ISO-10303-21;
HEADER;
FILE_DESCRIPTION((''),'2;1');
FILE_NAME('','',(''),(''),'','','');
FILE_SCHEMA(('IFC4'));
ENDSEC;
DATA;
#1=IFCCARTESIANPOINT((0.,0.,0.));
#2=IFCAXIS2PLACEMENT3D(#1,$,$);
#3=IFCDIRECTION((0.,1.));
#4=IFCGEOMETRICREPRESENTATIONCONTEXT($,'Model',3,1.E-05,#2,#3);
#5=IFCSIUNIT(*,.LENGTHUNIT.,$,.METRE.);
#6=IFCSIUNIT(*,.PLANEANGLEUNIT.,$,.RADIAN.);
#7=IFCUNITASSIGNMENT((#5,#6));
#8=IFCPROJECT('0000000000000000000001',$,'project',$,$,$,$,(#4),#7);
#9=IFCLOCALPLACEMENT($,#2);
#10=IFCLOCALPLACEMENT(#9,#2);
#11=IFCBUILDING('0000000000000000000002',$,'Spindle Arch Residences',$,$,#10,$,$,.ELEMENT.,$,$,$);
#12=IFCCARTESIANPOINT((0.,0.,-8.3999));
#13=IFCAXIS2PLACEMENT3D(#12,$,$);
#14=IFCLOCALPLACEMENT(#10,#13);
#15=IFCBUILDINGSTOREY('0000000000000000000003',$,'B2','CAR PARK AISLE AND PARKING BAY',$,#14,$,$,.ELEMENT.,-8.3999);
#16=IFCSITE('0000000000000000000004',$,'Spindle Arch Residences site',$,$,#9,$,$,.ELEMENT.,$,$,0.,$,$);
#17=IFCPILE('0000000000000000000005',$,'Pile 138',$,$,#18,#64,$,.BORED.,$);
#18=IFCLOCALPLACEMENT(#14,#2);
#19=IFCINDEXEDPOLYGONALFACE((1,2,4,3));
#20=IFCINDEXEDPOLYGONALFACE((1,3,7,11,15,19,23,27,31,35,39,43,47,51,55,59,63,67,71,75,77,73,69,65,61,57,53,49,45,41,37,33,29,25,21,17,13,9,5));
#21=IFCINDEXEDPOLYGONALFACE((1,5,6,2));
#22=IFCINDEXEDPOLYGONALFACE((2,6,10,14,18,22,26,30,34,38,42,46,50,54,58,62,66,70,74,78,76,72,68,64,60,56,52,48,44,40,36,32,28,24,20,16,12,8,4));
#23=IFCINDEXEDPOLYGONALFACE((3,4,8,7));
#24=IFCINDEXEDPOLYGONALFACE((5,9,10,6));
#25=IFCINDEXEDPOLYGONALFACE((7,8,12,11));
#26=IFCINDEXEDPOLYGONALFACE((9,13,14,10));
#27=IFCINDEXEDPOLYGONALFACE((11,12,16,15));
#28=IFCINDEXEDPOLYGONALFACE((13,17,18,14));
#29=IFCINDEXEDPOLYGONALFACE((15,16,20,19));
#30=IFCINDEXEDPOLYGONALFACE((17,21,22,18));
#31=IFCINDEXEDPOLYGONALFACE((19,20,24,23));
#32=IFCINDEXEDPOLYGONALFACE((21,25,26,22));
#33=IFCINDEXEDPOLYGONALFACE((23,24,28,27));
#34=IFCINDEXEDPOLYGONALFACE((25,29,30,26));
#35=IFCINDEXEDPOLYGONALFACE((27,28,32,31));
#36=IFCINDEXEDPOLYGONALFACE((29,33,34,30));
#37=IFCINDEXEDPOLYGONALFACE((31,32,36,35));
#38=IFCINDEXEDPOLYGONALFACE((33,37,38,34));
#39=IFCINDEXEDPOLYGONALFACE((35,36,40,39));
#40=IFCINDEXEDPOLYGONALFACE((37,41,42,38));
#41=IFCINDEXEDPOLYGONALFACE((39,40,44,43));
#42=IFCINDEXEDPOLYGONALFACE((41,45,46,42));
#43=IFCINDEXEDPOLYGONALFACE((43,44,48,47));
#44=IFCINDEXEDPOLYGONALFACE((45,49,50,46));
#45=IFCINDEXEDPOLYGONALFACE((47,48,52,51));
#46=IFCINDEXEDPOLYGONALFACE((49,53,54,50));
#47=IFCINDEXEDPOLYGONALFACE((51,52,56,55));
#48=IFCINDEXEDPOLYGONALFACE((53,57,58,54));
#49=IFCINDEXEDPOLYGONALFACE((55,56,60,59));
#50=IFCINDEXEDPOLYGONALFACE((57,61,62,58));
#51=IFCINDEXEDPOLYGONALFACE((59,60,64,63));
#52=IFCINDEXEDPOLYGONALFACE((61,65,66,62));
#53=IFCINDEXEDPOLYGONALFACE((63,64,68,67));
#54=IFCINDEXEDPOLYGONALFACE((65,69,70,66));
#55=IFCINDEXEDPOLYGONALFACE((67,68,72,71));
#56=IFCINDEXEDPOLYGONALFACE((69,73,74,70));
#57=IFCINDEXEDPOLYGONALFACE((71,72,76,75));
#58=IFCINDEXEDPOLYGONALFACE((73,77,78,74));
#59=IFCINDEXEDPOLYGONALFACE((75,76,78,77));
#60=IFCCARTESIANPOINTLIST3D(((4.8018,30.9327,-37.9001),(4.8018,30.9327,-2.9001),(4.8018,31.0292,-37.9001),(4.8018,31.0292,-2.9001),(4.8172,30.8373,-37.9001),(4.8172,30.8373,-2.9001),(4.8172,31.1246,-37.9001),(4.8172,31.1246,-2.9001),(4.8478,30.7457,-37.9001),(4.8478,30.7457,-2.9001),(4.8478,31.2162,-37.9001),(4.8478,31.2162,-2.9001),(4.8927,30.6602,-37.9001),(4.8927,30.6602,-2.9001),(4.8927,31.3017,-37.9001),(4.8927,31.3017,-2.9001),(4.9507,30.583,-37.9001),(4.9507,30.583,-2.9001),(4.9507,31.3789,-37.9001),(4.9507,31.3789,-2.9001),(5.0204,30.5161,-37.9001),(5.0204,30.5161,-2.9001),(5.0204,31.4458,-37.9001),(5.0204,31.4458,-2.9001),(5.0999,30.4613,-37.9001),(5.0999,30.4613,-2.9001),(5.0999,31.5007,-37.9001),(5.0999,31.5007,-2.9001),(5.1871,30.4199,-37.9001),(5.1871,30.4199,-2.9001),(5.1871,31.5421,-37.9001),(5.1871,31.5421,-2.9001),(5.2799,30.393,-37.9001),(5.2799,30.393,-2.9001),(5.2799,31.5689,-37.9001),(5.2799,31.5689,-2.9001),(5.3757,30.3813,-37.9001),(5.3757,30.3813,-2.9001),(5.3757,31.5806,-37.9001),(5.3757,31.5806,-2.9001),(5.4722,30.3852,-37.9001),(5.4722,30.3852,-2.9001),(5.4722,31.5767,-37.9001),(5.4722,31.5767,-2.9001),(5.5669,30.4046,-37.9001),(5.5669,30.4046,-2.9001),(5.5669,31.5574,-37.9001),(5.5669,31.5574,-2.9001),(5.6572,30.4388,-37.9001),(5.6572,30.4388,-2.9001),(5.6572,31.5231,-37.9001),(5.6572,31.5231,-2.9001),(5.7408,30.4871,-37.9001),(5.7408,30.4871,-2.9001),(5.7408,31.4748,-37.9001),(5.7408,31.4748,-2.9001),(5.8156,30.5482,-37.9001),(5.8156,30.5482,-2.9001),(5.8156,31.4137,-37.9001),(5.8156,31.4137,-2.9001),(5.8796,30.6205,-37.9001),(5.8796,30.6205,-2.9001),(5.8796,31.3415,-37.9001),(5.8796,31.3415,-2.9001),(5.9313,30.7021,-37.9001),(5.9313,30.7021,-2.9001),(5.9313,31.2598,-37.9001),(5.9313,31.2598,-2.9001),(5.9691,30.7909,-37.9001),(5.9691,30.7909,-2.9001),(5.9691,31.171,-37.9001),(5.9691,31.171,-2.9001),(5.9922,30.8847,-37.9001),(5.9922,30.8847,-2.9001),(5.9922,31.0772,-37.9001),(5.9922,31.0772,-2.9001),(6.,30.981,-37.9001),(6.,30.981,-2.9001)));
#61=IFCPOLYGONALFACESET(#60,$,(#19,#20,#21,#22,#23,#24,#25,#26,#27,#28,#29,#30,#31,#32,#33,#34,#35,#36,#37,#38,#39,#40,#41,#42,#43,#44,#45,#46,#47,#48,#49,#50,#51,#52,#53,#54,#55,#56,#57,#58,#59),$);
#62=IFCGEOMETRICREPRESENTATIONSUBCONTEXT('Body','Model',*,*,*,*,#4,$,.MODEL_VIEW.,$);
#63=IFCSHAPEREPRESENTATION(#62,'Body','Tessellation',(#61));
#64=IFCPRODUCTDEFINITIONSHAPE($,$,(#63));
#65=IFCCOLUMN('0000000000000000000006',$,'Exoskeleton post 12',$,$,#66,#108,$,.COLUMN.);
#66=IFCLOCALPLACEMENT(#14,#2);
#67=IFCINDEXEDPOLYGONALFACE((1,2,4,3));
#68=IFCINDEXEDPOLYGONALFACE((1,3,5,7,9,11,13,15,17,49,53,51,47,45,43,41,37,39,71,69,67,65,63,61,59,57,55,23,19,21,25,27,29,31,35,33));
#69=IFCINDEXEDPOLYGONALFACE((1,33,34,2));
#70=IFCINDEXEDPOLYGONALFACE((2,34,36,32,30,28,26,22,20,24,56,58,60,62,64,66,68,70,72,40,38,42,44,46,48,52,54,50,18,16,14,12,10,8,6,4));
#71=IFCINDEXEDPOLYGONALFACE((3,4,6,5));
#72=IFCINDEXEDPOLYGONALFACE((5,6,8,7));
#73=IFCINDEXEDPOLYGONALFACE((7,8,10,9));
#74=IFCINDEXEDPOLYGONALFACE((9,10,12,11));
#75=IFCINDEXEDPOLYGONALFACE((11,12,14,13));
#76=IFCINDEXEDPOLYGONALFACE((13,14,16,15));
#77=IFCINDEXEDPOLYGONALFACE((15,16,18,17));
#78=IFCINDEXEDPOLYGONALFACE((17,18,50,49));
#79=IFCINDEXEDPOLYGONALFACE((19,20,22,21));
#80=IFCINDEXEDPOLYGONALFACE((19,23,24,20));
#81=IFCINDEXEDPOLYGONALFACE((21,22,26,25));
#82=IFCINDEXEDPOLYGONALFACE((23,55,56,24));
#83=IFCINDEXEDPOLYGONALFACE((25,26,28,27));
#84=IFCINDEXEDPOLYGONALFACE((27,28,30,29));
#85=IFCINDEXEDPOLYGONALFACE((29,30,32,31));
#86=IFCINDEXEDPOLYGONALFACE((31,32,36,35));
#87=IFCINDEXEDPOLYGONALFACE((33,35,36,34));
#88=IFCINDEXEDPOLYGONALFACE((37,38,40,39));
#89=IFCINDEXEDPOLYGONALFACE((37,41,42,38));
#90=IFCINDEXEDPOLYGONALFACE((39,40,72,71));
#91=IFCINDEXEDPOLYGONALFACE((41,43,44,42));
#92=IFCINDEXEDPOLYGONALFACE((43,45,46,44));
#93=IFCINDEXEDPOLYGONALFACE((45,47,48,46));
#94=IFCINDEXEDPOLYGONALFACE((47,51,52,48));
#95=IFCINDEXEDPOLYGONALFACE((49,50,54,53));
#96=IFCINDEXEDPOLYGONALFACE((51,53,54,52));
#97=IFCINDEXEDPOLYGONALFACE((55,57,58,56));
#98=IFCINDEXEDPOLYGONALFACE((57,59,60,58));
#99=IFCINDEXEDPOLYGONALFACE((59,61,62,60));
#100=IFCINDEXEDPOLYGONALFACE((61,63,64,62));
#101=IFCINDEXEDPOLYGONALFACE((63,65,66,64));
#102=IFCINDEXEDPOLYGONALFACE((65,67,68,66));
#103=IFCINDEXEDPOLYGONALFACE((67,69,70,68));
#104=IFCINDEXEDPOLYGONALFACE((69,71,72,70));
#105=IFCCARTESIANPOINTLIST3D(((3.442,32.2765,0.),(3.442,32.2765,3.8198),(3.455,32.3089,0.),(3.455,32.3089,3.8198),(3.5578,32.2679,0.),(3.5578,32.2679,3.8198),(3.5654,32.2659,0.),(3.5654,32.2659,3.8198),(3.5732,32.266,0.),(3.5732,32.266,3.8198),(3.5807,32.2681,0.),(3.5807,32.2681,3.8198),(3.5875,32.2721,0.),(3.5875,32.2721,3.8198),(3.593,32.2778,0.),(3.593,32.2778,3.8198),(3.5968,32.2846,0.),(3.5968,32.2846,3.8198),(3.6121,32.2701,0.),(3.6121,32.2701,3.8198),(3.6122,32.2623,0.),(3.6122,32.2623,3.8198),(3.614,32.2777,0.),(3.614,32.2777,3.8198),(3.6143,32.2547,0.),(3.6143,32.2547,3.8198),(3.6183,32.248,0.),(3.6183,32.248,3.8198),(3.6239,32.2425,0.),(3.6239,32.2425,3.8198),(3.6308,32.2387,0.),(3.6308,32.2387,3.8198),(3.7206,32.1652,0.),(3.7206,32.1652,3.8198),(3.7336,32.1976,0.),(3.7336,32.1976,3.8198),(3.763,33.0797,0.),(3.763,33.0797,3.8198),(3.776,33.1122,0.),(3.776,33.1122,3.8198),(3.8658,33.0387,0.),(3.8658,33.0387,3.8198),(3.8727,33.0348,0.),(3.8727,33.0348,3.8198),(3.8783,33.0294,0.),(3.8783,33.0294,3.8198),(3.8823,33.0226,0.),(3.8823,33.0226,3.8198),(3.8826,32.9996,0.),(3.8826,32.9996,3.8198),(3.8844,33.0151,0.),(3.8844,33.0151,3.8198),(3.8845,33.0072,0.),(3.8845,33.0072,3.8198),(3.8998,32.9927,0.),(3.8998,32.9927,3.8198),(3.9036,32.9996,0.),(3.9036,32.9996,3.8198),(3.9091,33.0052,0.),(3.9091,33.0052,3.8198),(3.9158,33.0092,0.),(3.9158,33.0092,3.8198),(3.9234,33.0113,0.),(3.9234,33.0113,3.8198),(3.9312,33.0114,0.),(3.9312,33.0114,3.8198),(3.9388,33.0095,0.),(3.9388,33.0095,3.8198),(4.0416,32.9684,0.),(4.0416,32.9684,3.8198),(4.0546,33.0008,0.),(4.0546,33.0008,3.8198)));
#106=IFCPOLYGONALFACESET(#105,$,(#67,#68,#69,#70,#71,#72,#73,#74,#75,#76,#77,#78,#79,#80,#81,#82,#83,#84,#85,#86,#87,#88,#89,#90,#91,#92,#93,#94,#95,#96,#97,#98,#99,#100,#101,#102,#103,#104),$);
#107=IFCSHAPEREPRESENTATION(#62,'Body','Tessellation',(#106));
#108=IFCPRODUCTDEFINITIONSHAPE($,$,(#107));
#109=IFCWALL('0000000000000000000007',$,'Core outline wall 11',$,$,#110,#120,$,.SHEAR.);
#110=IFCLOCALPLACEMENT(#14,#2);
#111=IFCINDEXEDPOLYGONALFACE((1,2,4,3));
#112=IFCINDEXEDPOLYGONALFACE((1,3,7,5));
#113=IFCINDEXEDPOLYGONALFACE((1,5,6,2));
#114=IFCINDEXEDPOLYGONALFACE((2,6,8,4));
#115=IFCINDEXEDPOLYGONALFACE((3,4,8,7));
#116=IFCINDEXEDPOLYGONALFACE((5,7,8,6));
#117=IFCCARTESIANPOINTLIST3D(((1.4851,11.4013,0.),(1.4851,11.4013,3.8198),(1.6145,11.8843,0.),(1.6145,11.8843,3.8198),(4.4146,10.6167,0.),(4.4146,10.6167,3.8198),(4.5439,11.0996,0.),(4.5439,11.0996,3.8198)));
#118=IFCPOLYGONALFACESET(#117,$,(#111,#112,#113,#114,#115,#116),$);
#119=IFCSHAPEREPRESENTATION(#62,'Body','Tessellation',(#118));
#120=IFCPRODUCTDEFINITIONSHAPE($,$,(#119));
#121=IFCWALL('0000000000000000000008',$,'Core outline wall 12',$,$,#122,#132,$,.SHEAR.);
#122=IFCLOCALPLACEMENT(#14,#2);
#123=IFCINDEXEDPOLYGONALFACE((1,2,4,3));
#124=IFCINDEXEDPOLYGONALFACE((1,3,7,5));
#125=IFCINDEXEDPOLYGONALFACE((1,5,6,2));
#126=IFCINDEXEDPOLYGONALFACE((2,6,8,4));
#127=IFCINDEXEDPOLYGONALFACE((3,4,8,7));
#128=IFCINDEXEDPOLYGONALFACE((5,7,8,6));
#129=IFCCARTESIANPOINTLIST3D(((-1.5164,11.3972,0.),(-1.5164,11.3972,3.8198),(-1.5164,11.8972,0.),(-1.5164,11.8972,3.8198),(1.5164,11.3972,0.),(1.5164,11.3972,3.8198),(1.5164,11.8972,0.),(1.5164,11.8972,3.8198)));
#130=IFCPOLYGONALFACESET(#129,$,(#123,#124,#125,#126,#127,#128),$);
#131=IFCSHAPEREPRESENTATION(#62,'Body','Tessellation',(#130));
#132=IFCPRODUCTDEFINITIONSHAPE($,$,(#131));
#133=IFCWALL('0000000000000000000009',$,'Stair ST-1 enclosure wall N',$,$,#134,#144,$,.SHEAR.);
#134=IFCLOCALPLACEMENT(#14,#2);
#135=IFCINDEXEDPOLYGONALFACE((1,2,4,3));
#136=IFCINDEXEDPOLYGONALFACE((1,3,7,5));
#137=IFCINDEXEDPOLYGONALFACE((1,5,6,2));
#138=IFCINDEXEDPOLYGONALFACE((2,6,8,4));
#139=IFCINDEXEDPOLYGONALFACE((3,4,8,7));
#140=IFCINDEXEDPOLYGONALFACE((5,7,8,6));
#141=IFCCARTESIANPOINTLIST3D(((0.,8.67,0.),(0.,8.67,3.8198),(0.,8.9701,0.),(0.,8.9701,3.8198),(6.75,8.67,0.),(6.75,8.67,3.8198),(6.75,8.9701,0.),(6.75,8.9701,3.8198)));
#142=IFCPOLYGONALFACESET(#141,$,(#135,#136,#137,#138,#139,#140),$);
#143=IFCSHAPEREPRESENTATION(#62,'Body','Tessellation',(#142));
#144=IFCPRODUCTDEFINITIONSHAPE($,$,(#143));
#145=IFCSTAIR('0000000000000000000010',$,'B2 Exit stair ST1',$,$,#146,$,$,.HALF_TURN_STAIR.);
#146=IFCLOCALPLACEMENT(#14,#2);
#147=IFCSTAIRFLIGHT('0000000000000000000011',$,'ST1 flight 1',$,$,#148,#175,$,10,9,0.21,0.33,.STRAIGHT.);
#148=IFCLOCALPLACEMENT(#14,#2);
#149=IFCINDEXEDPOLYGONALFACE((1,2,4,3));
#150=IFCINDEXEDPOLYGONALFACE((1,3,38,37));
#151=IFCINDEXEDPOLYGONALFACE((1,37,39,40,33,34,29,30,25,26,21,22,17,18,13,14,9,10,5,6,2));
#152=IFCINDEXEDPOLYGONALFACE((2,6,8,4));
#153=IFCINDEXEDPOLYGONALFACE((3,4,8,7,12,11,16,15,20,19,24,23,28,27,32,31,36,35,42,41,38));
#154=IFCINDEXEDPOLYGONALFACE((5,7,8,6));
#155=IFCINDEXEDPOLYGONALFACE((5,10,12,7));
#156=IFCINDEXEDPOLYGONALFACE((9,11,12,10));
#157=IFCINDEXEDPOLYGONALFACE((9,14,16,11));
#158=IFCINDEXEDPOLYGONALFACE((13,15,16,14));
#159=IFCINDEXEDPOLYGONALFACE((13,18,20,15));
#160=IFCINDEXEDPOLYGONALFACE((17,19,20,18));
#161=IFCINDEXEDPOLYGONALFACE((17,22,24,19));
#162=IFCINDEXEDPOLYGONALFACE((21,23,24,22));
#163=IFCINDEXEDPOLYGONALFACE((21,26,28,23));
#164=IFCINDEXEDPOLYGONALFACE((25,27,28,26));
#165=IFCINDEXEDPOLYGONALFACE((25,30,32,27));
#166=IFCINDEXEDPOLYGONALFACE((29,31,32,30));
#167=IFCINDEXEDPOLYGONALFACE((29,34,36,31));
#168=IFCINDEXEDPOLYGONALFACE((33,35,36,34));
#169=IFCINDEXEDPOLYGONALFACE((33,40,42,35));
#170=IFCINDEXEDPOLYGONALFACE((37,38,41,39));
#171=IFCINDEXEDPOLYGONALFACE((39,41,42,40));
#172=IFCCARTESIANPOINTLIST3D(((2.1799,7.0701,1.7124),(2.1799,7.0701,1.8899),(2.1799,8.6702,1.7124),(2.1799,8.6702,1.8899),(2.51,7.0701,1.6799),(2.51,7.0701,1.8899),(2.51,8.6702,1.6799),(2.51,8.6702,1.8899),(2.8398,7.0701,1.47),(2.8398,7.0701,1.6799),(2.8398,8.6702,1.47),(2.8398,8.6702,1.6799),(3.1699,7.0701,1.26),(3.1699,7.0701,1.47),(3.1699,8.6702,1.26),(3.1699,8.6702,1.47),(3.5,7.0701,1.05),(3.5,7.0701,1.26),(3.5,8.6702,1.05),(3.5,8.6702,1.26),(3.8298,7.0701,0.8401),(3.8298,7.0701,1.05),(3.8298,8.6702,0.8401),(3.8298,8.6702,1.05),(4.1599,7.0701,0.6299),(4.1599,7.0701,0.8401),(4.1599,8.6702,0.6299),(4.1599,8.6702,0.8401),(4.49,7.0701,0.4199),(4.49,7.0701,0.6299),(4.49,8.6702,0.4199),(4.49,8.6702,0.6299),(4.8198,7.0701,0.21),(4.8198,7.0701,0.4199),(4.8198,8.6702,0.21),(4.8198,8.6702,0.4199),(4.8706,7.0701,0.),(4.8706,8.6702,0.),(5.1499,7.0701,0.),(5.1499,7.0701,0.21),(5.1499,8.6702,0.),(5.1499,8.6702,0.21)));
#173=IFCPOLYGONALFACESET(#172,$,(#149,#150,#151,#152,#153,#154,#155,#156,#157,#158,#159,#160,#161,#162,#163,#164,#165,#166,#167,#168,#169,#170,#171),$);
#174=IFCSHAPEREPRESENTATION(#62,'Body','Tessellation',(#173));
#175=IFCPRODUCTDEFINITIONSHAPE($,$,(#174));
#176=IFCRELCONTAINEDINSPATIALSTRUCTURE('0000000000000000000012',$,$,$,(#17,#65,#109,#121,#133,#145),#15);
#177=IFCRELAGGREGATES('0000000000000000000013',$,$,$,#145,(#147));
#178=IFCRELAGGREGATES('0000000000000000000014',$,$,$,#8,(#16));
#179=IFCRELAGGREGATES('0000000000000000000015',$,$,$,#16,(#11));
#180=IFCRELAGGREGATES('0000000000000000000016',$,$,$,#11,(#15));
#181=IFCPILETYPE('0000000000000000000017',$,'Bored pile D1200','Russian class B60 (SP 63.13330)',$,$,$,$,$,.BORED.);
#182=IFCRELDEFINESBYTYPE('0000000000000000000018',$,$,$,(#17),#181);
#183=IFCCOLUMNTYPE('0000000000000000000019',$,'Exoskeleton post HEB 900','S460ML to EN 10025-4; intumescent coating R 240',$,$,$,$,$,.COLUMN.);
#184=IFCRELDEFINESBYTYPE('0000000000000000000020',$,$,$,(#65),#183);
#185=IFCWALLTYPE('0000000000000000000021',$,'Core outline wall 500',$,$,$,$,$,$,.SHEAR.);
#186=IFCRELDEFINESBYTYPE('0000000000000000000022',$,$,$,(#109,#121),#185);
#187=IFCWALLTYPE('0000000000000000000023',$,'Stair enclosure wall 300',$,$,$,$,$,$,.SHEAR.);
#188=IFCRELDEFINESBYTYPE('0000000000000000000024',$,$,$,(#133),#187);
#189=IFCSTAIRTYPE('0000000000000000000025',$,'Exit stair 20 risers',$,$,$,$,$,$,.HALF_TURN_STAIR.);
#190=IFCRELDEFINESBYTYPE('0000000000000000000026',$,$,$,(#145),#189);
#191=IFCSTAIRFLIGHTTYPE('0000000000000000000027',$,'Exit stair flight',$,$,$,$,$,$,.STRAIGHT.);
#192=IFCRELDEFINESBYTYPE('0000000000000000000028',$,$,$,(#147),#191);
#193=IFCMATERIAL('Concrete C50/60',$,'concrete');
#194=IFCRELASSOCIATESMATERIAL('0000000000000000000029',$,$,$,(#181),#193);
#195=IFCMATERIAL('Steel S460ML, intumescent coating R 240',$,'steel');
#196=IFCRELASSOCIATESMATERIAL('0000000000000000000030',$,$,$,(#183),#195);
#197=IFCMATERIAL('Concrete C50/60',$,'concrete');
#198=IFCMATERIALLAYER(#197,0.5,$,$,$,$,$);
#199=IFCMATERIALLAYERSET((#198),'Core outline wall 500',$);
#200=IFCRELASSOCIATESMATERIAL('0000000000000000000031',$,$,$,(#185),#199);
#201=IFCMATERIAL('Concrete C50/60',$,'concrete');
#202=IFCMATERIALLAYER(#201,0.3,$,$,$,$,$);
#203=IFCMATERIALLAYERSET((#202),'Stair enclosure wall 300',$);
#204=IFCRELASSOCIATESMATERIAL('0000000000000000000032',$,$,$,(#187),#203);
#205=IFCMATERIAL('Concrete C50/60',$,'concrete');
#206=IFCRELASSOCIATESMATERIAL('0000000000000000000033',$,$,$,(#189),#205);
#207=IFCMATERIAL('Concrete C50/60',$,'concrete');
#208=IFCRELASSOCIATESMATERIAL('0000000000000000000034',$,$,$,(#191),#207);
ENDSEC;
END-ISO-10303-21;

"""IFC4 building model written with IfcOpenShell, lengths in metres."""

from ifc_helpers import new_model, si_unit, direction, frame, frame_2d, origin, origin_2d, place, context, subcontext, project, spatial, polyline, rectangle, circle, i_section, outline, extrude, material, layer, layer_set, material_profile, profile_set, type_object, element, aggregate, save


model = new_model("IFC4")

# Units and contexts
model_context = context("Model", 3, precision=1e-05, world=origin(), true_north=direction((0.0, 1.0)))
body_context = subcontext(model_context, "Body", "Model", "MODEL_VIEW")
ifc_project = project(units=[si_unit("LENGTHUNIT", "METRE"), si_unit("PLANEANGLEUNIT", "RADIAN")], contexts=[model_context])

# Site, building, storey
site_placement = place(None, origin())
site = spatial("IfcSite", under=ifc_project, at=site_placement, Name="Spindle Arch Residences site", CompositionType="ELEMENT", RefElevation=0.0)
building_placement = place(site_placement, origin())
building = spatial("IfcBuilding", under=site, at=building_placement, Name="Spindle Arch Residences", CompositionType="ELEMENT")
storey_placement = place(building_placement, frame((0.0, 0.0, -8.3999)))
storey = spatial("IfcBuildingStorey", under=building, at=storey_placement, Name="B2", Description="CAR PARK AISLE AND PARKING BAY", CompositionType="ELEMENT", Elevation=-8.3999)

# Pile
ifc_material_1 = material(Name="Concrete C50/60", Category="concrete")
ifc_material_profile_1 = material_profile(ifc_material_1, circle(Radius=0.6001, at=origin_2d()), Name="BP D1200")
ifc_profile_set_1 = profile_set([ifc_material_profile_1], Name="Concrete C50/60")
pile_type = type_object("IfcPileType", Name="Bored pile D1200", Description="Russian class B60 (SP 63.13330)", PredefinedType="BORED", material=ifc_profile_set_1)
for number, where, z_axis, x_axis, name in (
    (1, (5.3999, 30.981, -2.9001), (0.0, 0.0, -1.0), (1.0, 0.0, 0.0), "Pile 138"),
):
    element("IfcPile", number, at=place(storey_placement, frame(where, z_axis=z_axis, x_axis=x_axis)), inside=storey, type_object=pile_type, Name=name, PredefinedType="BORED", context=body_context, shape_type="SweptSolid", body=[
        extrude(circle(Radius=0.6001, at=origin_2d()), origin(), (0.0, 0.0, 1.0), 35.0),
    ])

# Column
ifc_material_2 = material(Name="Steel S460ML, intumescent coating R 240", Category="steel")
ifc_material_profile_2 = material_profile(ifc_material_2, i_section(OverallWidth=0.3, OverallDepth=0.8999, WebThickness=0.0186, FlangeThickness=0.0349, FilletRadius=0.03, at=origin_2d()), Name="HEB 900")
ifc_profile_set_2 = profile_set([ifc_material_profile_2], Name="Steel S460ML, intumescent coating R 240")
column_type = type_object("IfcColumnType", Name="Exoskeleton post HEB 900", Description="S460ML to EN 10025-4; intumescent coating R 240", PredefinedType="COLUMN", material=ifc_profile_set_2)
column_placement = place(storey_placement, frame((3.7483, 32.6387, 0.0), z_axis=(0.0, 0.0, 1.0), x_axis=(0.92859, -0.371108, 0.0)))
element("IfcColumn", 2, at=column_placement, inside=storey, type_object=column_type, Name="Exoskeleton post 12", PredefinedType="COLUMN", context=body_context, shape_type="SweptSolid", body=[
    extrude(i_section(OverallWidth=0.3, OverallDepth=0.8999, WebThickness=0.0186, FlangeThickness=0.0349, FilletRadius=0.03, at=origin_2d()), origin(), (0.0, 0.0, 1.0), 3.8198),
])

# Walls
ifc_material_3 = material(Name="Concrete C50/60", Category="concrete")
ifc_layer_1 = layer(ifc_material_3, 0.5)
ifc_layer_set_1 = layer_set([ifc_layer_1], Name="Core outline wall 500")
wall_type_1 = type_object("IfcWallType", Name="Core outline wall 500", PredefinedType="SHEAR", material=ifc_layer_set_1)
for number, where, z_axis, x_axis, name in (
    (3, (4.4792, 10.8582, 0.0), (0.0, 0.0, 1.0), (-0.965948, 0.258735, 0.0), "Core outline wall 11"),
    (4, (1.5164, 11.6472, 0.0), (0.0, 0.0, 1.0), (-1.0, 0.0, 0.0), "Core outline wall 12"),
):
    element("IfcWall", number, at=place(storey_placement, frame(where, z_axis=z_axis, x_axis=x_axis)), inside=storey, type_object=wall_type_1, Name=name, PredefinedType="SHEAR", context=body_context, shape_type="SweptSolid", body=[
        extrude(rectangle(XDim=3.0327, YDim=0.5, at=frame_2d((1.5164, 0.0))), origin(), (0.0, 0.0, 1.0), 3.8198),
    ])

# Wall
ifc_material_4 = material(Name="Concrete C50/60", Category="concrete")
ifc_layer_2 = layer(ifc_material_4, 0.3)
ifc_layer_set_2 = layer_set([ifc_layer_2], Name="Stair enclosure wall 300")
wall_type_2 = type_object("IfcWallType", Name="Stair enclosure wall 300", PredefinedType="SHEAR", material=ifc_layer_set_2)
wall_1_placement = place(storey_placement, frame((0.0, 8.8201, 0.0), z_axis=(0.0, 0.0, 1.0), x_axis=(1.0, 0.0, 0.0)))
element("IfcWall", 5, at=wall_1_placement, inside=storey, type_object=wall_type_2, Name="Stair ST-1 enclosure wall N", PredefinedType="SHEAR", context=body_context, shape_type="SweptSolid", body=[
    extrude(rectangle(XDim=6.75, YDim=0.3, at=frame_2d((3.375, 0.0))), origin(), (0.0, 0.0, 1.0), 3.8198),
])

# Stair, stair flight
ifc_material_5 = material(Name="Concrete C50/60", Category="concrete")
stair_type = type_object("IfcStairType", Name="Exit stair 20 risers", PredefinedType="HALF_TURN_STAIR", material=ifc_material_5)
stair_placement = place(storey_placement, origin())
stair = element("IfcStair", 6, at=stair_placement, inside=storey, type_object=stair_type, Name="B2 Exit stair ST1", PredefinedType="HALF_TURN_STAIR")
ifc_material_6 = material(Name="Concrete C50/60", Category="concrete")
stair_flight_type = type_object("IfcStairFlightType", Name="Exit stair flight", PredefinedType="STRAIGHT", material=ifc_material_6)
stair_flight_1_placement = place(storey_placement, frame((5.1499, 7.8701, 0.0), z_axis=(0.0, 0.0, 1.0), x_axis=(-1.0, 0.0, 0.0)))
stair_flight_1 = element("IfcStairFlight", 7, at=stair_flight_1_placement, type_object=stair_flight_type, Name="ST1 flight 1", NumberOfRisers=10, NumberOfTreads=9, PredefinedType="STRAIGHT", RiserHeight=0.21, TreadLength=0.33, context=body_context, shape_type="SweptSolid", body=[
    extrude(outline(polyline([(0.0, 0.0), (0.0, 0.21), (0.3301, 0.21), (0.3301, 0.4199), (0.6599, 0.4199), (0.6599, 0.6299), (0.99, 0.6299), (0.99, 0.8401), (1.3201, 0.8401), (1.3201, 1.05), (1.6499, 1.05), (1.6499, 1.26), (1.98, 1.26), (1.98, 1.47), (2.3101, 1.47), (2.3101, 1.6799), (2.6399, 1.6799), (2.6399, 1.8899), (2.97, 1.8899), (2.97, 2.1001), (2.97, 1.7124), (0.2793, 0.0), (0.0, 0.0)])), frame((0.0, 0.8, 0.0), z_axis=(0.0, -1.0, 0.0), x_axis=(1.0, 0.0, 0.0)), (0.0, 0.0, 1.0), 1.6001),
])
aggregate(stair, [stair_flight_1])

save(model, "model.ifc")
